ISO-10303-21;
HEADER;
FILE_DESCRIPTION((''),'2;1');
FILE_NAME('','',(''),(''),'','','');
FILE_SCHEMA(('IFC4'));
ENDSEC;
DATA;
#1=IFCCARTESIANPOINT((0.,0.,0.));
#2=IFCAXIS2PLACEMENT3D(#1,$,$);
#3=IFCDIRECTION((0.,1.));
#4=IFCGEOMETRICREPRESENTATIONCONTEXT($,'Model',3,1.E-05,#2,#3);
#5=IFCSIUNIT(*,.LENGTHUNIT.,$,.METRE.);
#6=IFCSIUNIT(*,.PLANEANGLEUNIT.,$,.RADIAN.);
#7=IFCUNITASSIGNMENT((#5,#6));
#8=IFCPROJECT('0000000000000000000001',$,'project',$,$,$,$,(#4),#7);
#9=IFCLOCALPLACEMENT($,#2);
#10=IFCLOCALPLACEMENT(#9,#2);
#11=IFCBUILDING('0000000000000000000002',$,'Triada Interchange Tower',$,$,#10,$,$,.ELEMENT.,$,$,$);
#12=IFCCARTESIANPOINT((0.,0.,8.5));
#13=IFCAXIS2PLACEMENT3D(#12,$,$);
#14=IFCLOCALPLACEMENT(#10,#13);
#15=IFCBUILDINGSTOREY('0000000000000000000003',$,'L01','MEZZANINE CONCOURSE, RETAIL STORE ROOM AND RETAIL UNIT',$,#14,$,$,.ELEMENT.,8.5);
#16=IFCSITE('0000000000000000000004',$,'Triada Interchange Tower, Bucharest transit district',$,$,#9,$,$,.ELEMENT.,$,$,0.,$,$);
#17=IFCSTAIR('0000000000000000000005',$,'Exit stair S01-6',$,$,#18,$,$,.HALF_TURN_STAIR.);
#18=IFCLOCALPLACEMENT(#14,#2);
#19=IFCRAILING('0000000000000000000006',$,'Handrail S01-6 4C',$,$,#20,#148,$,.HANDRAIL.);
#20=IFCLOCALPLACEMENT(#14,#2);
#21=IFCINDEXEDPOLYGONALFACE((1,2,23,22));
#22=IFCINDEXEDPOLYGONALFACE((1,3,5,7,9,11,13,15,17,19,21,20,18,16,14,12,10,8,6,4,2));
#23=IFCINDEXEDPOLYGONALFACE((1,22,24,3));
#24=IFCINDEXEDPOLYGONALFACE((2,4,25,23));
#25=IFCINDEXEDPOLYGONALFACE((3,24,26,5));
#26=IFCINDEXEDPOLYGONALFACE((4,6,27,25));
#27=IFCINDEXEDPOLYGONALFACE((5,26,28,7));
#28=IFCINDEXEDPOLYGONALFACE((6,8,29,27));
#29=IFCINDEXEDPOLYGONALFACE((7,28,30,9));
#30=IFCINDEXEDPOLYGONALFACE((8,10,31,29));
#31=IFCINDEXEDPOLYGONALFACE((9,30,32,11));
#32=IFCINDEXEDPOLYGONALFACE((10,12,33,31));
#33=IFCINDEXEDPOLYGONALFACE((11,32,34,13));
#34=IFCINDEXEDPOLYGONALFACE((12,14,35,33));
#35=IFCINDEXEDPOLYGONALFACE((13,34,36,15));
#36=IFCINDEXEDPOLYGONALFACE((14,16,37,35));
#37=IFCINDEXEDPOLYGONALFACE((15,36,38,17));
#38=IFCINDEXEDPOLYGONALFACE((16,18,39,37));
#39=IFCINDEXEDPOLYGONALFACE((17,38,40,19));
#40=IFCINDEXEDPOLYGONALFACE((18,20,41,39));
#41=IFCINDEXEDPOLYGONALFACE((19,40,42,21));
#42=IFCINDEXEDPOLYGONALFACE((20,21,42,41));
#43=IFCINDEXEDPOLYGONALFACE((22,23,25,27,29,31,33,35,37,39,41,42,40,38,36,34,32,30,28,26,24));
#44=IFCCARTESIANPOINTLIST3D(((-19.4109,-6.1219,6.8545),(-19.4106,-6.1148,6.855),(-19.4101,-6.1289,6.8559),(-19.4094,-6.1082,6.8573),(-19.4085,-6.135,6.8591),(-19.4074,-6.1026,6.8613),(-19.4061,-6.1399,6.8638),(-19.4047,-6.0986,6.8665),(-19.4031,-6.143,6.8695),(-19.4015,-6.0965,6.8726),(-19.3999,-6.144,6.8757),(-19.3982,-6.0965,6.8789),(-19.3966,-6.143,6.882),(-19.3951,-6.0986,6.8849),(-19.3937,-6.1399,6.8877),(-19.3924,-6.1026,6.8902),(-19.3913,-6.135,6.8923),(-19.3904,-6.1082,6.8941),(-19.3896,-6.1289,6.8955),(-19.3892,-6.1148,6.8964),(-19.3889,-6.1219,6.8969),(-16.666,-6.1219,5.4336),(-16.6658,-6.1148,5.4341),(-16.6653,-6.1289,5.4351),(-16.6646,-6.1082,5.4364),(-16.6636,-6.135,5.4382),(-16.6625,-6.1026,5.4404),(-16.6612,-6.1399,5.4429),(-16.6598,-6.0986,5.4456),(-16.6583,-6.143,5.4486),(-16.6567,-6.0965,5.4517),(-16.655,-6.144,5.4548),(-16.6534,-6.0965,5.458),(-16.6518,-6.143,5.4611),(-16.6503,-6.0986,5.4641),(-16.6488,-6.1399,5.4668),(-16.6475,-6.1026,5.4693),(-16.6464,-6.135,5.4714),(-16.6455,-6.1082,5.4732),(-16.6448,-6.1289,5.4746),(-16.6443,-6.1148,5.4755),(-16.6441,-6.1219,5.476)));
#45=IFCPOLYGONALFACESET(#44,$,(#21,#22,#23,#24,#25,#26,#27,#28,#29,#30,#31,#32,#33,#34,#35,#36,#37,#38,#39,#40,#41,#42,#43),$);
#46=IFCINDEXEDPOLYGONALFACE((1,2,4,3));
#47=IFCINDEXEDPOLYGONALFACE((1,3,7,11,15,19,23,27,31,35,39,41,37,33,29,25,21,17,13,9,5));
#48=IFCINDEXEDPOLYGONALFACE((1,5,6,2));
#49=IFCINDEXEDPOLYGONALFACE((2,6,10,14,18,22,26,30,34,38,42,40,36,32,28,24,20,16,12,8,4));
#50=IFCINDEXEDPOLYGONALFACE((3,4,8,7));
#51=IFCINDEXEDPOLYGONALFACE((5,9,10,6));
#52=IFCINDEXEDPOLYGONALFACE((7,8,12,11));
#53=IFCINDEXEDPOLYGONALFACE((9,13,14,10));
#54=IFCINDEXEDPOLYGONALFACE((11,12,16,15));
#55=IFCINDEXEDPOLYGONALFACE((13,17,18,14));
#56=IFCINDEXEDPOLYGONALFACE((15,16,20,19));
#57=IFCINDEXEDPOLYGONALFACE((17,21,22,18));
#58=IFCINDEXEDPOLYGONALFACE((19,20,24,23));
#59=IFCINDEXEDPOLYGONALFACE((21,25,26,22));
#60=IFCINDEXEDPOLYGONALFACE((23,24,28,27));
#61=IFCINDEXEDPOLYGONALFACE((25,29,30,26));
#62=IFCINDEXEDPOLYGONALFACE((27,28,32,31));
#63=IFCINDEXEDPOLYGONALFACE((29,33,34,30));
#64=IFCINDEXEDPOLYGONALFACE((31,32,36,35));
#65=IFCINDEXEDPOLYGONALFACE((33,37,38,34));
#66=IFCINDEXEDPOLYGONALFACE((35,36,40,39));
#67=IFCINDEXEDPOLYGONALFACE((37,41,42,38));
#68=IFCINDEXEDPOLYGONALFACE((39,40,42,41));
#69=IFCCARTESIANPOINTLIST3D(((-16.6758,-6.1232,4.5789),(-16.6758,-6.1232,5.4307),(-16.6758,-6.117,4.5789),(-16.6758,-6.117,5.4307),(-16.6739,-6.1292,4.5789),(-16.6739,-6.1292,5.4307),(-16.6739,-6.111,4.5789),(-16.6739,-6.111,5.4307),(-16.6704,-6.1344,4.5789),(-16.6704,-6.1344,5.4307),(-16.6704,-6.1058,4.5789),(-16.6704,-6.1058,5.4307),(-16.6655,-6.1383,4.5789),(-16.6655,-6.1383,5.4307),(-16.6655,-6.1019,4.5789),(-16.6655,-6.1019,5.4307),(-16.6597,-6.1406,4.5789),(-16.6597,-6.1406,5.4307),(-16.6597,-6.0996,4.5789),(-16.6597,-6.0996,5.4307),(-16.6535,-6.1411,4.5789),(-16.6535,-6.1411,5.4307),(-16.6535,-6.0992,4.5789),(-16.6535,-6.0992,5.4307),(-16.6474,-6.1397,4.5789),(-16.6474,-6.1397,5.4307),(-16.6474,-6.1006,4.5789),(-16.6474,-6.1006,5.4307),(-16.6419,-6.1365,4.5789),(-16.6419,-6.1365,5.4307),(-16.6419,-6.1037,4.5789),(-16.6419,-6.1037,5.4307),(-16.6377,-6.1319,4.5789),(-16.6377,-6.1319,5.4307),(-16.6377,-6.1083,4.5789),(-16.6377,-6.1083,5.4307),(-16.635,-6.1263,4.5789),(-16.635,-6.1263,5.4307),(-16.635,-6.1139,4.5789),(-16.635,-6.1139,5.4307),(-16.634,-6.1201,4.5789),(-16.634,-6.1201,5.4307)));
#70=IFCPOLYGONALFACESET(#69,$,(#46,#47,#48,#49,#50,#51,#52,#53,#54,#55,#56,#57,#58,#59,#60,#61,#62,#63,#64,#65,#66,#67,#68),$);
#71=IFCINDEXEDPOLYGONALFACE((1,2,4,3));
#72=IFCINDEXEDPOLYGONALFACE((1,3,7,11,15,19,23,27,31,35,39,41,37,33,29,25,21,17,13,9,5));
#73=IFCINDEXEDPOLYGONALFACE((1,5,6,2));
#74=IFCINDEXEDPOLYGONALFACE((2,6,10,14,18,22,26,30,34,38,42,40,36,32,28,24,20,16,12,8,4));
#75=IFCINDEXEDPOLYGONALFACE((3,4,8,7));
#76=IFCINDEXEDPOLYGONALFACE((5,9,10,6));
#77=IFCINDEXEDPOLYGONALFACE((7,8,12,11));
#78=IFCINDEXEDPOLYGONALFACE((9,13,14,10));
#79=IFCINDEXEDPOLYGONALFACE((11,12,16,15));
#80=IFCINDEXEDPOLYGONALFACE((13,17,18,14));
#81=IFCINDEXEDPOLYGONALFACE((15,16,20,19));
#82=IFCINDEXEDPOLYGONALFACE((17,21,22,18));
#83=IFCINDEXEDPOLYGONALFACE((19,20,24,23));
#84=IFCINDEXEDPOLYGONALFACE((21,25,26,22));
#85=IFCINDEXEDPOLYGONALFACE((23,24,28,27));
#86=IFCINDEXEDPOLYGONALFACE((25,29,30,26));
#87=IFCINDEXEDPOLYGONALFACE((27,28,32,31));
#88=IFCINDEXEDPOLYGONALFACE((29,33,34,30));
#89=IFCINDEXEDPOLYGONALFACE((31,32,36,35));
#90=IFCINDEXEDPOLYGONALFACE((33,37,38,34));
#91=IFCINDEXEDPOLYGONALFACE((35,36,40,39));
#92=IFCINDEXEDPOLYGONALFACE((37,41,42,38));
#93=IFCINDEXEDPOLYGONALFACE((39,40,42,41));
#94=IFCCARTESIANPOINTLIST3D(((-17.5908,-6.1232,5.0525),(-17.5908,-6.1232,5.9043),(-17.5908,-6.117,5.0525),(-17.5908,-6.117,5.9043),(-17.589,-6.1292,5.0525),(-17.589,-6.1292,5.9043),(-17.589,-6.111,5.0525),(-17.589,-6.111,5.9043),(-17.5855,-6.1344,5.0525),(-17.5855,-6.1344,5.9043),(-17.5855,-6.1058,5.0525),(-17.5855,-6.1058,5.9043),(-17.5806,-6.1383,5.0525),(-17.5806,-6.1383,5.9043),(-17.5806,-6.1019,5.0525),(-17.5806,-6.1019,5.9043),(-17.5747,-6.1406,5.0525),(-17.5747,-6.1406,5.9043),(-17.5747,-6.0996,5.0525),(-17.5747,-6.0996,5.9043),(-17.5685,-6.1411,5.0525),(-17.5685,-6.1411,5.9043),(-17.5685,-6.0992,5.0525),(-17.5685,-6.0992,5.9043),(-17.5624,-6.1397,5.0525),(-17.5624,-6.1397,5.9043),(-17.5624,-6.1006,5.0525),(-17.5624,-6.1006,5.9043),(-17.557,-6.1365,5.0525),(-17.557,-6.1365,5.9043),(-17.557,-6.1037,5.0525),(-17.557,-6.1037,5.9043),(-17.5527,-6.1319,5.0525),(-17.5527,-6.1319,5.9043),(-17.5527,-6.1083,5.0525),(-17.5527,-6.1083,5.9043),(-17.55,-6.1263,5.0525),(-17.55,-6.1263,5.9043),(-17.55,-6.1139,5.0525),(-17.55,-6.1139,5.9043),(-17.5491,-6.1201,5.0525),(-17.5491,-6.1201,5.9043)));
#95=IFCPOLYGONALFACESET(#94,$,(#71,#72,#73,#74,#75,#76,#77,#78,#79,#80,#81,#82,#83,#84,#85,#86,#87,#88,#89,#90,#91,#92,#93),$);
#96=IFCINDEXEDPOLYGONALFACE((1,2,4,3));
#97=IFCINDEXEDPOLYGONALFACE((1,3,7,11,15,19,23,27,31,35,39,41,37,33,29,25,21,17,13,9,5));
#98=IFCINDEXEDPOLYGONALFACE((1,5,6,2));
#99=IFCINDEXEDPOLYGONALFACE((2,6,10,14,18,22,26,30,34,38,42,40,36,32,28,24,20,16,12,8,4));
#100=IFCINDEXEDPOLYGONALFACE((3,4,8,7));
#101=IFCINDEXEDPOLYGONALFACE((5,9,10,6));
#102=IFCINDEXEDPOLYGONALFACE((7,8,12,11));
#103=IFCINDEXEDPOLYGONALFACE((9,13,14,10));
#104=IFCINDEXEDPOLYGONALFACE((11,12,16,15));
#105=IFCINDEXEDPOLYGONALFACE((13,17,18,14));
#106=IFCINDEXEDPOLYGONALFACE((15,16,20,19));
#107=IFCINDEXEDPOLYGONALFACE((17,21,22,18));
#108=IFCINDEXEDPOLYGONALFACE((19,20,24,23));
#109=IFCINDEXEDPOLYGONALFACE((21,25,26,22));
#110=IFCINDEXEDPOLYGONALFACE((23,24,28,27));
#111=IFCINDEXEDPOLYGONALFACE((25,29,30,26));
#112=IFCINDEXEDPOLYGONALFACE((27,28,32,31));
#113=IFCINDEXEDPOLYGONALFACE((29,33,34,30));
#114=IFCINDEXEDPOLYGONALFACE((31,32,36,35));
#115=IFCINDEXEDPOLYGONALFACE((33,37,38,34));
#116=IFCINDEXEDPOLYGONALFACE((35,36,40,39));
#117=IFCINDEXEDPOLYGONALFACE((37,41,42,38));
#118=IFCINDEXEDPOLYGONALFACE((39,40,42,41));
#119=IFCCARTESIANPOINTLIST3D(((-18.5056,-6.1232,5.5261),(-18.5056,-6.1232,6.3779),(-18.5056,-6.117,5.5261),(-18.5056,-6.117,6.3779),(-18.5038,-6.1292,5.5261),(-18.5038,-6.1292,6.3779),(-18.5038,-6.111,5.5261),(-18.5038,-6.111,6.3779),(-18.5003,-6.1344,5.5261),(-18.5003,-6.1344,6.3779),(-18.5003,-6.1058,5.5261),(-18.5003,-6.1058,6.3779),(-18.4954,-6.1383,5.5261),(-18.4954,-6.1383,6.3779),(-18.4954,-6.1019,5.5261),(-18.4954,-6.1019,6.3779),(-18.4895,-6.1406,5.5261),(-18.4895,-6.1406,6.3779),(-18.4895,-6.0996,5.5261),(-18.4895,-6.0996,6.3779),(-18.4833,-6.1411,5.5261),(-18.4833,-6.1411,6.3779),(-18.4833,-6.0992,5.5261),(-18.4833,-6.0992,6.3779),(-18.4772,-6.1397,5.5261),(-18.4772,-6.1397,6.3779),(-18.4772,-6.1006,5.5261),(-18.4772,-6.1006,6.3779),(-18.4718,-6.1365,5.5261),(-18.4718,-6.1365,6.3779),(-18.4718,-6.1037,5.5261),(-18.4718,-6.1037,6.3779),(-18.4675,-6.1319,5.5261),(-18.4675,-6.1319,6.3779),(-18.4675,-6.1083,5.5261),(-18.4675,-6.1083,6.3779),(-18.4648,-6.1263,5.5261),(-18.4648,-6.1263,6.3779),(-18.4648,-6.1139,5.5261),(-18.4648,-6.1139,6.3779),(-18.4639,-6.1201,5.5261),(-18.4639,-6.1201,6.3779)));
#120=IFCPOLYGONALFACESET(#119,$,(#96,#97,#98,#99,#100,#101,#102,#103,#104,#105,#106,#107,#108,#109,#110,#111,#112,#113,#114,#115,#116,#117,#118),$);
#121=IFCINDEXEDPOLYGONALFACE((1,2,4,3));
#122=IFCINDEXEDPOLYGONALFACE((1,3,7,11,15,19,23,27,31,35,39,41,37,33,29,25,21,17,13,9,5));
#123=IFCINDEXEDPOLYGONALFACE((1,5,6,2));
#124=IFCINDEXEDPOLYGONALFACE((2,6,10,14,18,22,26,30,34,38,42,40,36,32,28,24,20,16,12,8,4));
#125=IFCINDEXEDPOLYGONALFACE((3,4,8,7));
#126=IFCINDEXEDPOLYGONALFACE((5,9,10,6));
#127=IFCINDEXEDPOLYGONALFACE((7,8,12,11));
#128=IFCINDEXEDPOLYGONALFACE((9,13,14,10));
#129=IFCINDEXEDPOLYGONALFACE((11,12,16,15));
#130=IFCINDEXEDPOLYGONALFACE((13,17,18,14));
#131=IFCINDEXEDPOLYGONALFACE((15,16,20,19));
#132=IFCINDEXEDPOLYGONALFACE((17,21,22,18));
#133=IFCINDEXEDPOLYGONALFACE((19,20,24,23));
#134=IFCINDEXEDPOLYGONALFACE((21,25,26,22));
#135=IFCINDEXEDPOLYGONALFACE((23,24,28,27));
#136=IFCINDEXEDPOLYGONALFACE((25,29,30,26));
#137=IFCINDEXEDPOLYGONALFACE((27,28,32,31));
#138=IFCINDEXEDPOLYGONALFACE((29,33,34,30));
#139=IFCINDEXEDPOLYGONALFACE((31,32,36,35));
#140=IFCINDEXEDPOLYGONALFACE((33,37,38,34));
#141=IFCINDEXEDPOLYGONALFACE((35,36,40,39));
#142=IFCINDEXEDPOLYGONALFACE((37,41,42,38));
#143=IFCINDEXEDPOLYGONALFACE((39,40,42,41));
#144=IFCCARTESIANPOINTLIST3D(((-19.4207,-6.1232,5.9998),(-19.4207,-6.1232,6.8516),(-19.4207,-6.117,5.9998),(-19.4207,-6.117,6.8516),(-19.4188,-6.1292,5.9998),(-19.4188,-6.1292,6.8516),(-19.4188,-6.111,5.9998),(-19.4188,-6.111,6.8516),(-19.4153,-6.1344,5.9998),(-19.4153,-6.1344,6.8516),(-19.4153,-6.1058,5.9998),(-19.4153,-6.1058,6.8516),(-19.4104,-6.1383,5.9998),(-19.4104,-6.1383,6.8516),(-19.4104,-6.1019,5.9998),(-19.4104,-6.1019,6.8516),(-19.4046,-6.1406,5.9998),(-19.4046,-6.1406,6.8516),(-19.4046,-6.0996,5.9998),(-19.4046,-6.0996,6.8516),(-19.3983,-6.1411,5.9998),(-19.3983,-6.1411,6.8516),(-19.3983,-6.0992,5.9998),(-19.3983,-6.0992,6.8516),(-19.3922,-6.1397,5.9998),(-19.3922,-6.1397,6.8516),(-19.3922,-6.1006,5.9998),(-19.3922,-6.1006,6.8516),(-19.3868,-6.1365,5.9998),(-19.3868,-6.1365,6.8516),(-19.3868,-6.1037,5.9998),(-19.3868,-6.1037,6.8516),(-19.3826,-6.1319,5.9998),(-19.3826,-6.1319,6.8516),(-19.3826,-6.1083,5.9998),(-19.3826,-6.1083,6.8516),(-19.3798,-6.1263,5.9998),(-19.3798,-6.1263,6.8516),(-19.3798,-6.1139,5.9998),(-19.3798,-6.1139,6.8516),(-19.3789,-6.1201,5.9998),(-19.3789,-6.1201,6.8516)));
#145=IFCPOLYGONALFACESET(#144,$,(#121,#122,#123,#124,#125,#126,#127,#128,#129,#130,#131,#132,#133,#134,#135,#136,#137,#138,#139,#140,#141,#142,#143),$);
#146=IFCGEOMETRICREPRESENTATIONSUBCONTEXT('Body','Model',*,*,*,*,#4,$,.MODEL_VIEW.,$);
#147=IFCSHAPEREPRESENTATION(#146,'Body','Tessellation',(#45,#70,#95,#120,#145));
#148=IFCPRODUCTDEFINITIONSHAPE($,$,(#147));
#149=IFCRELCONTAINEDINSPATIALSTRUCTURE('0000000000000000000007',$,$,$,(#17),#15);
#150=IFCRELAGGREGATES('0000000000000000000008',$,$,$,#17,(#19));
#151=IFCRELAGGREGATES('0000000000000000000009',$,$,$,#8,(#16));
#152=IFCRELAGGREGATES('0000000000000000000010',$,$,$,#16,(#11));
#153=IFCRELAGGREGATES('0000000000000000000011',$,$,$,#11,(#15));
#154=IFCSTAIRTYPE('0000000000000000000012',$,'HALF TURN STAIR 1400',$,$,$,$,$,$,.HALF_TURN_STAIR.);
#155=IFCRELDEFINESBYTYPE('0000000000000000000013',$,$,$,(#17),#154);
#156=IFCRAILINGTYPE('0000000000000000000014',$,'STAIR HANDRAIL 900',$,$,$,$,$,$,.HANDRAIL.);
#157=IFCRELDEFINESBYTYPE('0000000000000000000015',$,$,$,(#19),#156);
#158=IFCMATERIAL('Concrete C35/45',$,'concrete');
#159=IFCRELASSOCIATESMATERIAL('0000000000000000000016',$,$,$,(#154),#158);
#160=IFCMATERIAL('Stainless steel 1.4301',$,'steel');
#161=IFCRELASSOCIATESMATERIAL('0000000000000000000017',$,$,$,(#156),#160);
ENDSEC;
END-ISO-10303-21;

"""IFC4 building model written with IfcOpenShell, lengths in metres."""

from ifc_helpers import new_model, si_unit, direction, frame, origin, origin_2d, place, context, subcontext, project, spatial, circle, extrude, material, type_object, element, aggregate, save


model = new_model("IFC4")

# Units and contexts
model_context = context("Model", 3, precision=1e-05, world=origin(), true_north=direction((0.0, 1.0)))
body_context = subcontext(model_context, "Body", "Model", "MODEL_VIEW")
ifc_project = project(units=[si_unit("LENGTHUNIT", "METRE"), si_unit("PLANEANGLEUNIT", "RADIAN")], contexts=[model_context])

# Site, building, storey
site_placement = place(None, origin())
site = spatial("IfcSite", under=ifc_project, at=site_placement, Name="Triada Interchange Tower, Bucharest transit district", CompositionType="ELEMENT", RefElevation=0.0)
building_placement = place(site_placement, origin())
building = spatial("IfcBuilding", under=site, at=building_placement, Name="Triada Interchange Tower", CompositionType="ELEMENT")
storey_placement = place(building_placement, frame((0.0, 0.0, 8.5)))
storey = spatial("IfcBuildingStorey", under=building, at=storey_placement, Name="L01", Description="MEZZANINE CONCOURSE, RETAIL STORE ROOM AND RETAIL UNIT", CompositionType="ELEMENT", Elevation=8.5)

# Shared definitions
ifc_material_1 = material(Name="Concrete C35/45", Category="concrete")

# Stair
stair_type = type_object("IfcStairType", Name="HALF TURN STAIR 1400", PredefinedType="HALF_TURN_STAIR", material=ifc_material_1)
stair_1_placement = place(storey_placement, origin())
stair_1 = element("IfcStair", 1, at=stair_1_placement, inside=storey, type_object=stair_type, Name="Exit stair S01-6", PredefinedType="HALF_TURN_STAIR")

# Railing
ifc_material_2 = material(Name="Stainless steel 1.4301", Category="steel")
railing_type_1 = type_object("IfcRailingType", Name="STAIR HANDRAIL 900", PredefinedType="HANDRAIL", material=ifc_material_2)
railing_1_placement = place(storey_placement, frame((-16.655, -6.1201, 4.5789)))
railing_1 = element("IfcRailing", 2, at=railing_1_placement, type_object=railing_type_1, Name="Handrail S01-6 4C", PredefinedType="HANDRAIL", context=body_context, shape_type="SweptSolid", body=[
    extrude(circle(Radius=0.0239, at=origin_2d()), frame((0.0, 0.0, 0.876), z_axis=(-0.888068, 0.0, 0.459713), x_axis=(0.0, -1.0, 0.0)), (0.0, 0.0, 1.0), 3.0908),
    extrude(circle(Radius=0.021, at=origin_2d()), origin(), (0.0, 0.0, 1.0), 0.8518),
    extrude(circle(Radius=0.021, at=origin_2d()), frame((-0.915, 0.0, 0.4736)), (0.0, 0.0, 1.0), 0.8518),
    extrude(circle(Radius=0.021, at=origin_2d()), frame((-1.8298, 0.0, 0.9473)), (0.0, 0.0, 1.0), 0.8518),
    extrude(circle(Radius=0.021, at=origin_2d()), frame((-2.7449, 0.0, 1.4209)), (0.0, 0.0, 1.0), 0.8518),
])
aggregate(stair_1, [railing_1])

save(model, "model.ifc")
